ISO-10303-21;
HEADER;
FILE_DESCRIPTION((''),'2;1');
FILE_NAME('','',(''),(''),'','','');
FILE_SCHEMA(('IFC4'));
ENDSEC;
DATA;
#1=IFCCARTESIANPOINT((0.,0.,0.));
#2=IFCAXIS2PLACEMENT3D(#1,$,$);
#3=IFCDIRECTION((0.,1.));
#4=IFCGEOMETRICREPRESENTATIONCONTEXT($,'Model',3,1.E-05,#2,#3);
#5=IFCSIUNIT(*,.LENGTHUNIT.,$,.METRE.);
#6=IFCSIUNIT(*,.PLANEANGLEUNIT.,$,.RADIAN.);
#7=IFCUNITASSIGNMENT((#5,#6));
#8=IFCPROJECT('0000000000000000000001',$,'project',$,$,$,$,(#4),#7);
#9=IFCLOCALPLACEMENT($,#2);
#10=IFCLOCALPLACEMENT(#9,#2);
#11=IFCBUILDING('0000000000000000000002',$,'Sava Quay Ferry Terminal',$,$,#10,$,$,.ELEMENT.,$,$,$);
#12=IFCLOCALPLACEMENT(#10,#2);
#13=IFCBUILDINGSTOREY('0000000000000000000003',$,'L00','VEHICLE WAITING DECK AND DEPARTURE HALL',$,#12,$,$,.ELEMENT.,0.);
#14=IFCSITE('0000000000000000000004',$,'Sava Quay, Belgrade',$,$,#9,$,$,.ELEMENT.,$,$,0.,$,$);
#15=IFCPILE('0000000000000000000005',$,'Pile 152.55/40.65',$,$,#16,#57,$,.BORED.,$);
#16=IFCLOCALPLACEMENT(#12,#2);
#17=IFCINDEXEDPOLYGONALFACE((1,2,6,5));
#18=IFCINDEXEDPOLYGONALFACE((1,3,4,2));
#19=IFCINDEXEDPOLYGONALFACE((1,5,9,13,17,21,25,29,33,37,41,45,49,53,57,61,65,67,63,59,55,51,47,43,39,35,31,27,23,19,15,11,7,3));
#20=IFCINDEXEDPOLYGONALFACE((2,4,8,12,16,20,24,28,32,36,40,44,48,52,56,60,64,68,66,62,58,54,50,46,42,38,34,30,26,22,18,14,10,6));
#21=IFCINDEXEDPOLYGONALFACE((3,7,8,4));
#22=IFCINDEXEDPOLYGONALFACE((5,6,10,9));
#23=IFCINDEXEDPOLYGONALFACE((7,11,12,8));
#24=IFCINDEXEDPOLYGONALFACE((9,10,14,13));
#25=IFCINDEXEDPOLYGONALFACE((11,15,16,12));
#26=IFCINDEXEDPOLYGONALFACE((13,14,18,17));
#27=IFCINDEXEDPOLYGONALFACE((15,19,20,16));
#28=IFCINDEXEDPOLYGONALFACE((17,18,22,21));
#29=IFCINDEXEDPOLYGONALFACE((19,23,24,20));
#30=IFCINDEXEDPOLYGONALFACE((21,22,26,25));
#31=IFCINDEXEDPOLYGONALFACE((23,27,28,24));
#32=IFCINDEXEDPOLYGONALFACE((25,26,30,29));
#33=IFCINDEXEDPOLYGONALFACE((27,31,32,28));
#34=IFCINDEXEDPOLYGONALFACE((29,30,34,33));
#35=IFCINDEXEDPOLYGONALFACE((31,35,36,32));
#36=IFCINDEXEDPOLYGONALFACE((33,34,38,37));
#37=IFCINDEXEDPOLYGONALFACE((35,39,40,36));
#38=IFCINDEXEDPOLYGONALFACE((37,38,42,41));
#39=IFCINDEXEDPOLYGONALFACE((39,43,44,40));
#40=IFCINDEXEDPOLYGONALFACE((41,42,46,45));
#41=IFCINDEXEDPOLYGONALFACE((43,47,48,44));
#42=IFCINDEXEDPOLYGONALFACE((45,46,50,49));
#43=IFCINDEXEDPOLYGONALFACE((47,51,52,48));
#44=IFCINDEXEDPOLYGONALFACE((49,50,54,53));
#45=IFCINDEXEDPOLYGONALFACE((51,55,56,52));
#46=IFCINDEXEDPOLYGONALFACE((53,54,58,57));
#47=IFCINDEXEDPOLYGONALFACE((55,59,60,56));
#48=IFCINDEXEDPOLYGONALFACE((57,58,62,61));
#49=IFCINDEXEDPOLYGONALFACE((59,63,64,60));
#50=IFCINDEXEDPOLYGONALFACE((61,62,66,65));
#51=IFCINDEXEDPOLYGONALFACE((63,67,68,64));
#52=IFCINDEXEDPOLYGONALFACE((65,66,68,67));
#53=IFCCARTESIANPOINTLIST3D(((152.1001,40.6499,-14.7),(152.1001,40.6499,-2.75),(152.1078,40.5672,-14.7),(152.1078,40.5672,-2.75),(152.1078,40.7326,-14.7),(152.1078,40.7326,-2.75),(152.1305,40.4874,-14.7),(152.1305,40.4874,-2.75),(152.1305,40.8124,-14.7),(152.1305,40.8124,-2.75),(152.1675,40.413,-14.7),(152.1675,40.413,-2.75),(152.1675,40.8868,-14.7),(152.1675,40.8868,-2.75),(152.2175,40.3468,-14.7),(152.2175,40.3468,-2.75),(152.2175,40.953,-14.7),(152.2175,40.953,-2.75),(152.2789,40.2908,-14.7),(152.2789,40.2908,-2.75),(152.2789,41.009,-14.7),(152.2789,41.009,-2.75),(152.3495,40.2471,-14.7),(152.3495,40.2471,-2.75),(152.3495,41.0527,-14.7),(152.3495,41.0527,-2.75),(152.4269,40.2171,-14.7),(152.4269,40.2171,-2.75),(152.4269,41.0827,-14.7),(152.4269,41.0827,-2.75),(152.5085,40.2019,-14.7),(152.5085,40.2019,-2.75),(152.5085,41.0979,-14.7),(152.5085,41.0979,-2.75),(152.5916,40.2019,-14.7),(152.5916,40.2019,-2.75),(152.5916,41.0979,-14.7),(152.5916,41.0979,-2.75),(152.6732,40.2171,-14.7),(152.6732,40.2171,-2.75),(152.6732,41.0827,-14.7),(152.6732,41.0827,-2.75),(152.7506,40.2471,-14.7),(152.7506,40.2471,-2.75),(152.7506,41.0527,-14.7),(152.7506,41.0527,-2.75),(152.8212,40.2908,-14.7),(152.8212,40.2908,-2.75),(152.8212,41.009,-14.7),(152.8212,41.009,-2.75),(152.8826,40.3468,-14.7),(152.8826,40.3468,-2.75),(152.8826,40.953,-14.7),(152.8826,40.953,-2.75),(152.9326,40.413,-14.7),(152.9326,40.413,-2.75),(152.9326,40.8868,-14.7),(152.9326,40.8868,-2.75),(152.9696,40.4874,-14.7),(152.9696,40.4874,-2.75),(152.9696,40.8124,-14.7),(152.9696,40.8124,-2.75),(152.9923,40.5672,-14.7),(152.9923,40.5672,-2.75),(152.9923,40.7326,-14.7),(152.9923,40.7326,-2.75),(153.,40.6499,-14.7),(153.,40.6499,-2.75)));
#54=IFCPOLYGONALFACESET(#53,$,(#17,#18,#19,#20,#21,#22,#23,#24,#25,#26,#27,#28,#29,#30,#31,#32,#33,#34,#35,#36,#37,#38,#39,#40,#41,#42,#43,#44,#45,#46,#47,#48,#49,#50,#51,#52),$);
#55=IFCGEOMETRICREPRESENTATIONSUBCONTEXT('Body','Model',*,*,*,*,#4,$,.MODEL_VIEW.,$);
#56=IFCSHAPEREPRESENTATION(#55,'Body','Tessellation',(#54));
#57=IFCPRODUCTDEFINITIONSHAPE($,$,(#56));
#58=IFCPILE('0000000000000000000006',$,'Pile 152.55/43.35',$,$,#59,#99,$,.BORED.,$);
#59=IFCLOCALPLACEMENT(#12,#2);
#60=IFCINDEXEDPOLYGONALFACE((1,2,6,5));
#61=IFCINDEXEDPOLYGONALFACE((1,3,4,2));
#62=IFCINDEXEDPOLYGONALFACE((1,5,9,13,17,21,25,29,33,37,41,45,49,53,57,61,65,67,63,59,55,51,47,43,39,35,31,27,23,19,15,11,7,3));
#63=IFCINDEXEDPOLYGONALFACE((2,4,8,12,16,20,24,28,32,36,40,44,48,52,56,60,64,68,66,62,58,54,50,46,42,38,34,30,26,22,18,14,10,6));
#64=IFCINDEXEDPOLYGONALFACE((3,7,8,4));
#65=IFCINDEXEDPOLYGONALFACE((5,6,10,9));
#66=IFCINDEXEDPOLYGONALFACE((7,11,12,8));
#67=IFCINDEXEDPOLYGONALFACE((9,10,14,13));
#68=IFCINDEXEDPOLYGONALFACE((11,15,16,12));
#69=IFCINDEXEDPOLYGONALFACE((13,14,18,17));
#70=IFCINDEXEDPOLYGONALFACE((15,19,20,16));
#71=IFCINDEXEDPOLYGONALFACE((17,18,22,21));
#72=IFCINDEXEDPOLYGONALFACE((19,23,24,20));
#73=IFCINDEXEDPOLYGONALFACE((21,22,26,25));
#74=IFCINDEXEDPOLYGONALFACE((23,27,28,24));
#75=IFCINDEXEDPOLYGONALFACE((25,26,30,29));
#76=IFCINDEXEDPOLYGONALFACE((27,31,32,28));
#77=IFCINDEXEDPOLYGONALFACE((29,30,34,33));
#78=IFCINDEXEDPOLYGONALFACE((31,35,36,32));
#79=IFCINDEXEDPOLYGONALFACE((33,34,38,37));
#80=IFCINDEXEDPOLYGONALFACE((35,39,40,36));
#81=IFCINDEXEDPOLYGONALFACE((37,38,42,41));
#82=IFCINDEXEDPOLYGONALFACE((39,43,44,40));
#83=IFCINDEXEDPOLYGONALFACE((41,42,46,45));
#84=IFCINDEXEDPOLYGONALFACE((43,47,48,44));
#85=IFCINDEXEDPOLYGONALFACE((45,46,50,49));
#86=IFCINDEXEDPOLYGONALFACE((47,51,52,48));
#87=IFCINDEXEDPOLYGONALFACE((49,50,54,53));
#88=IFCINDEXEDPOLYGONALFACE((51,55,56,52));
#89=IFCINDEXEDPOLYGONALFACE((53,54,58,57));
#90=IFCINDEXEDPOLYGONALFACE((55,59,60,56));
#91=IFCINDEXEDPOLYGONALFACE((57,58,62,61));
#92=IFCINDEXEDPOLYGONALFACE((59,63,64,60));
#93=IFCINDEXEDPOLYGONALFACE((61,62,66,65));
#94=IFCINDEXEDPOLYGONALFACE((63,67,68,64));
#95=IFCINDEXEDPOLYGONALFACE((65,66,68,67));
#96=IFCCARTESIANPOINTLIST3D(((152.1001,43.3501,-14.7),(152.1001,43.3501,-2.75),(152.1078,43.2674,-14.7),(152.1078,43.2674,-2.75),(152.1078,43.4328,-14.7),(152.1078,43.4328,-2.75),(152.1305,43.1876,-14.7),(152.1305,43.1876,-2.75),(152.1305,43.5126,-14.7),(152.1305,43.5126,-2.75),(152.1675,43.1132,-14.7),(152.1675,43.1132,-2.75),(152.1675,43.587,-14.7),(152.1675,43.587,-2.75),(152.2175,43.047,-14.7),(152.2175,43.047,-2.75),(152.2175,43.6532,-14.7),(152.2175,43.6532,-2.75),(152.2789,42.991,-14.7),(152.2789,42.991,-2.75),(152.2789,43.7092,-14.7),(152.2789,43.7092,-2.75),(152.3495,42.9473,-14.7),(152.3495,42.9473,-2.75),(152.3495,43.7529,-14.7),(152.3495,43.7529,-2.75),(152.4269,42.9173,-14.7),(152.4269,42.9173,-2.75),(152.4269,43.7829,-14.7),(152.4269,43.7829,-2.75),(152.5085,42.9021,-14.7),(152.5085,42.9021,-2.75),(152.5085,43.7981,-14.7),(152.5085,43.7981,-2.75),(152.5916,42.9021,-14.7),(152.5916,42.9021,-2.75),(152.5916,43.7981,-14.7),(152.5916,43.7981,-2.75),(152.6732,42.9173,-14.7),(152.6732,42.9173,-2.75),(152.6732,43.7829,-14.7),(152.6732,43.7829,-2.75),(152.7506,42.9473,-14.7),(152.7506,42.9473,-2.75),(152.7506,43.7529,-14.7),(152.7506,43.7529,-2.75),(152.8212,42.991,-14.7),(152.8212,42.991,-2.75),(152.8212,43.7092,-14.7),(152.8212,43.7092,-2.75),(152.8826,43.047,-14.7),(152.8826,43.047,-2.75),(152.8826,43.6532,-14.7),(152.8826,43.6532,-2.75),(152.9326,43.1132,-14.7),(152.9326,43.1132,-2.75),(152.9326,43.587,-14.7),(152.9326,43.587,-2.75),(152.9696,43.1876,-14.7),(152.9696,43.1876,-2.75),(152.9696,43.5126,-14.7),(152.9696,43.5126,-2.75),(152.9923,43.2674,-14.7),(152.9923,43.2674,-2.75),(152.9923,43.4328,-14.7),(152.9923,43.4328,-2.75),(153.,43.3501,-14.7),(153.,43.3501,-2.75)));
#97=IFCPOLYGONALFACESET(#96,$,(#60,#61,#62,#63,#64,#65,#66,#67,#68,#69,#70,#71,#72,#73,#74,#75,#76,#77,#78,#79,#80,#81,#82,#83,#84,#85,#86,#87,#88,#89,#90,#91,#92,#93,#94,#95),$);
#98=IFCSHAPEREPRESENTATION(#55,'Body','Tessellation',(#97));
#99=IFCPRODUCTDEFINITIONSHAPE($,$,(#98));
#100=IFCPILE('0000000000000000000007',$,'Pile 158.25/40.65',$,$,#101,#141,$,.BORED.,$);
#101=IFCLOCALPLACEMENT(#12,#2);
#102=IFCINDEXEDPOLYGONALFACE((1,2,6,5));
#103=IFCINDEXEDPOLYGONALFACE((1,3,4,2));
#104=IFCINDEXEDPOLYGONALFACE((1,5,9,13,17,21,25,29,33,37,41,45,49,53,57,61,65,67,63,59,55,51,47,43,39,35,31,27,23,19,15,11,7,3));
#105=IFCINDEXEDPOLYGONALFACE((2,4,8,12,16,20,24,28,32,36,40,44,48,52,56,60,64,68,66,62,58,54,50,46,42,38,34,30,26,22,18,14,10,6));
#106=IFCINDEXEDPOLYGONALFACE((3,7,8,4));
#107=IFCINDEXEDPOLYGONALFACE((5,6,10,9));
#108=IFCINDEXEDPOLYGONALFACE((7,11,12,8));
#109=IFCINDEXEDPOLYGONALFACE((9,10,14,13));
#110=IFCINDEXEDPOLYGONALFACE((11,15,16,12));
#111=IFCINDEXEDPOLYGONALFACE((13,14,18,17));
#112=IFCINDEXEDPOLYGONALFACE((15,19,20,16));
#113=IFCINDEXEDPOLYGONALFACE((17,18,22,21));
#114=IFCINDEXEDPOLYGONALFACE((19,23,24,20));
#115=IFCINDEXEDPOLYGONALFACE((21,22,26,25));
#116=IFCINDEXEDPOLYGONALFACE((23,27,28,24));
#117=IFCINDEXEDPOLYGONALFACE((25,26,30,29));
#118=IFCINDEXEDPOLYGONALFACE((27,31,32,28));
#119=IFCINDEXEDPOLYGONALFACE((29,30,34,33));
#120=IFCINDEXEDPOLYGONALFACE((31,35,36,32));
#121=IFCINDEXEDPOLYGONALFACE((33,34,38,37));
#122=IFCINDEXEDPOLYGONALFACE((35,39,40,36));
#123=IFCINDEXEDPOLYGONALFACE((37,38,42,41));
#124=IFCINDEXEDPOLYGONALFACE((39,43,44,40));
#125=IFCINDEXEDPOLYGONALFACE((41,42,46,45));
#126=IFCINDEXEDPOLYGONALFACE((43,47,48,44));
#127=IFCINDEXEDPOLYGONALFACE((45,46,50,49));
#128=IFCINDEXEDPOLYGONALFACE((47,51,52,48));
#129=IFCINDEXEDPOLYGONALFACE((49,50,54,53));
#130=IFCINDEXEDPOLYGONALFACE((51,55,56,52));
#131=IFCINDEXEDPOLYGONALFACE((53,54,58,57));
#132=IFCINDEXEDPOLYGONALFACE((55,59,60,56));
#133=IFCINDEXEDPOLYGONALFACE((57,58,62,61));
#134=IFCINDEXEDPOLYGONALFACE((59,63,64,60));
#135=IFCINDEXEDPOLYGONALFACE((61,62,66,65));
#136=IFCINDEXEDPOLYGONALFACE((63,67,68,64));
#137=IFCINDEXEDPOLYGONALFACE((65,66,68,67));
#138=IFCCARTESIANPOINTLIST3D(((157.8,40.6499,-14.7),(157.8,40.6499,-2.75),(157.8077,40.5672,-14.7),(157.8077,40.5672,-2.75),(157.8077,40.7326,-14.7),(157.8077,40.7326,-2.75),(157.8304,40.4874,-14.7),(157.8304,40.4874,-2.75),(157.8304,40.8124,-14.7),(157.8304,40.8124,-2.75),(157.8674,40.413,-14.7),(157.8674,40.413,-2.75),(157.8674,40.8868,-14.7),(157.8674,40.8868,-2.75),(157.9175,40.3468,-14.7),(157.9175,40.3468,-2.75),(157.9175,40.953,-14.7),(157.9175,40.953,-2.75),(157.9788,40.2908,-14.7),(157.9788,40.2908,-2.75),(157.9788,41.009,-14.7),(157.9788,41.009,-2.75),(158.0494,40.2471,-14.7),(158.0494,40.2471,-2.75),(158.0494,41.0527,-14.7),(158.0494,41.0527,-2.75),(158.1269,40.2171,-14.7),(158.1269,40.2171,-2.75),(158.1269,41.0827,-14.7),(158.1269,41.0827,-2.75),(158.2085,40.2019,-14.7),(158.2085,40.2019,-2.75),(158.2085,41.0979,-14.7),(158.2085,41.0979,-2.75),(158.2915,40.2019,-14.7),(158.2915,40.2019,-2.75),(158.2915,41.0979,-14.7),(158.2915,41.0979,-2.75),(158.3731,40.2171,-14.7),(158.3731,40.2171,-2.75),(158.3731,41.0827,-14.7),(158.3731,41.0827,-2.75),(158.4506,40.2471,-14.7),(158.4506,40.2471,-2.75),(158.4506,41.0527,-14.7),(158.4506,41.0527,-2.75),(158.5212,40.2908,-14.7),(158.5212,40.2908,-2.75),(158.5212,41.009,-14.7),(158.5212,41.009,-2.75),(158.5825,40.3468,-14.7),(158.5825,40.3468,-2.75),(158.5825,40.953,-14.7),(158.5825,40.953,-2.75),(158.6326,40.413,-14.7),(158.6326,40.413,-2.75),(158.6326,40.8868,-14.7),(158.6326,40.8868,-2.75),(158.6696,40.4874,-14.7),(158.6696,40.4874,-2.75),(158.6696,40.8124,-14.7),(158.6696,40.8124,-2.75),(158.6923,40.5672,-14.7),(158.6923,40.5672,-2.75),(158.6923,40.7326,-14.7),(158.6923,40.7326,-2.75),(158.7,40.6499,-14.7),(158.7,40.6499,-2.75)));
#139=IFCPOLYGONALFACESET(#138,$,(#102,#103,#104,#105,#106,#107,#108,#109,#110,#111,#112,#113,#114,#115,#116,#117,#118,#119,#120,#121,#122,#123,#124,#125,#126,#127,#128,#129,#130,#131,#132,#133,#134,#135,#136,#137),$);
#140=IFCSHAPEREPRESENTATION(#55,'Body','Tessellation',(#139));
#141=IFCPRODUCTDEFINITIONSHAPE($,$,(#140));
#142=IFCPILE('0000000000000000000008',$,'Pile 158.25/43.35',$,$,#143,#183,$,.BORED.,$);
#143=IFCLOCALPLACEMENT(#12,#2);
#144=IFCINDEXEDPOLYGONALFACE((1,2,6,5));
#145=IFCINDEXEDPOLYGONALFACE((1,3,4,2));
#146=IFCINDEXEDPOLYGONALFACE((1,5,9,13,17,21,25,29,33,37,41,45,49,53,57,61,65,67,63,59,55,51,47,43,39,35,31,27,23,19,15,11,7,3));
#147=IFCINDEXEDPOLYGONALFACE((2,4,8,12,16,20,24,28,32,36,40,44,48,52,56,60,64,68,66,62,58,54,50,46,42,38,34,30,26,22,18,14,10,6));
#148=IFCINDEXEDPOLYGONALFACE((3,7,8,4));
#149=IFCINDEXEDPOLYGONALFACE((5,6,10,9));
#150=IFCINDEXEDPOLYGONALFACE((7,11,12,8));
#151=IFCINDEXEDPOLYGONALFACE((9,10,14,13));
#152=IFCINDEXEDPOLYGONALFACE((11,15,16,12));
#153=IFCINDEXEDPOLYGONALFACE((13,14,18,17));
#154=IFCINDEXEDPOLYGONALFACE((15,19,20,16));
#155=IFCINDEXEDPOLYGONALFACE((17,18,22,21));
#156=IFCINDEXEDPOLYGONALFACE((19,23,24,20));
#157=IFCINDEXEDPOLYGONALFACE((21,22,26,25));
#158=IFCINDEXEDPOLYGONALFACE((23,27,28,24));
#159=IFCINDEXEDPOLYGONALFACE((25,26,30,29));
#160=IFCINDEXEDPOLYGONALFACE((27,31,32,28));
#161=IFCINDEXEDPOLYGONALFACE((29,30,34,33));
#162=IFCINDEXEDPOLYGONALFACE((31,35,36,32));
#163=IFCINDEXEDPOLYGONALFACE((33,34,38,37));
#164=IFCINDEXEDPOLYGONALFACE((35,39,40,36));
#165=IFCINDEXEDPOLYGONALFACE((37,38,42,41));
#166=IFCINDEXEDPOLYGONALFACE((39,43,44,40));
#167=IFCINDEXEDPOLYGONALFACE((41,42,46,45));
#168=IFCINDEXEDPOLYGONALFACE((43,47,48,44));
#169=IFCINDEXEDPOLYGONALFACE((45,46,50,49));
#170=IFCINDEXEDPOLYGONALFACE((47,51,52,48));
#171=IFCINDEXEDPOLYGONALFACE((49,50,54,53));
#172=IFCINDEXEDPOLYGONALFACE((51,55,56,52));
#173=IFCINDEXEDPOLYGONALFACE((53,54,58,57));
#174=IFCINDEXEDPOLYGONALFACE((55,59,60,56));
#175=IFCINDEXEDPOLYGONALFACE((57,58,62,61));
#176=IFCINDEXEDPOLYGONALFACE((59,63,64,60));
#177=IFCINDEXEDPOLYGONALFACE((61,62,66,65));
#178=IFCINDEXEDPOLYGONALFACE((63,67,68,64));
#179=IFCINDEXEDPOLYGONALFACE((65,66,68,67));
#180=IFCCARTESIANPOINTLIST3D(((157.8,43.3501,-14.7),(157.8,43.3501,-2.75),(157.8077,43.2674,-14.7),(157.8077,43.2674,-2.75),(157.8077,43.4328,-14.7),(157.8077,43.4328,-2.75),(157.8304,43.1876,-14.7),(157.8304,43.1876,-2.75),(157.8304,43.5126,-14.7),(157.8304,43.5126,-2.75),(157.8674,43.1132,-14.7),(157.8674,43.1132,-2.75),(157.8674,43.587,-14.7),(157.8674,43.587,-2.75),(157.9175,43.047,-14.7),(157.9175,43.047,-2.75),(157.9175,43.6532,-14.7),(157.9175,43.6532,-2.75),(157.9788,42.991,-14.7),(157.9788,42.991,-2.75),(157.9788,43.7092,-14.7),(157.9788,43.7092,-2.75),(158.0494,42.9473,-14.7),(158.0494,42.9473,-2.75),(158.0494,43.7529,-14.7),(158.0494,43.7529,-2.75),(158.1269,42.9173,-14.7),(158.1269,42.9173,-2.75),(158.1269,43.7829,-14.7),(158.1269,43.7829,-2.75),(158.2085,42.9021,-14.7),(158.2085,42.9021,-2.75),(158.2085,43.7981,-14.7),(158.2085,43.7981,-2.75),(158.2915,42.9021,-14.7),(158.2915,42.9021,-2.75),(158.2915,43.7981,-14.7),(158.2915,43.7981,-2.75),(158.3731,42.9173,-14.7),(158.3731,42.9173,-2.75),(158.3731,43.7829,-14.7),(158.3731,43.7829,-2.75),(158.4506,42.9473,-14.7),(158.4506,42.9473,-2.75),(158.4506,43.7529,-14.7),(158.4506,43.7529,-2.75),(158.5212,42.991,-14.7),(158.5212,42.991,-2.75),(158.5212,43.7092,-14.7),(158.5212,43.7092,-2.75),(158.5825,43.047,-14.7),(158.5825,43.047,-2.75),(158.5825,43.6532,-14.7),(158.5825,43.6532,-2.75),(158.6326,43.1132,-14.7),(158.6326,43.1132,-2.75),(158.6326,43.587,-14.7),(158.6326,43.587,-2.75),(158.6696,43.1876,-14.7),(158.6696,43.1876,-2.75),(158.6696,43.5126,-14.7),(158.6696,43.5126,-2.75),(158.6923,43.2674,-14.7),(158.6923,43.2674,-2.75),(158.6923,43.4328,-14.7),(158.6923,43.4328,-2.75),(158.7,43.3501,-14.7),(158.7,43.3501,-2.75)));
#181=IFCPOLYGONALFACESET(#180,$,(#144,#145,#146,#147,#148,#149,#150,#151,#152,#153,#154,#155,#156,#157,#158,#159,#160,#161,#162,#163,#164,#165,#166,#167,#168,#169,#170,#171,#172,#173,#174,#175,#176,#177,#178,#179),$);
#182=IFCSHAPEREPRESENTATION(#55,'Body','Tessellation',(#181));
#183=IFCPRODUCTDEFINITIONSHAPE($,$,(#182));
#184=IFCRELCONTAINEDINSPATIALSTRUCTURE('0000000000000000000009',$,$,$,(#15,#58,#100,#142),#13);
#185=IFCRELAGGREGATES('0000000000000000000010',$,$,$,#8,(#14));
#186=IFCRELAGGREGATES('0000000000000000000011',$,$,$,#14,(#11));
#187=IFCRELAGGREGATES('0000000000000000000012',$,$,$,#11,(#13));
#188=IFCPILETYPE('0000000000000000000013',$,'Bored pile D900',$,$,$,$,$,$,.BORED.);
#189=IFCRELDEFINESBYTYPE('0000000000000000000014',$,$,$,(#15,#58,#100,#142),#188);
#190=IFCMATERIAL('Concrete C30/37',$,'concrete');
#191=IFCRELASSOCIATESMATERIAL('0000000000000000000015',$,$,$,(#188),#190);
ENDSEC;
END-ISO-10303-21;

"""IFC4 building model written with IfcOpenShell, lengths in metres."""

from ifc_helpers import new_model, si_unit, direction, frame, origin, origin_2d, place, context, subcontext, project, spatial, circle, extrude, material, material_profile, profile_set, type_object, element, save


model = new_model("IFC4")

# Units and contexts
model_context = context("Model", 3, precision=1e-05, world=origin(), true_north=direction((0.0, 1.0)))
body_context = subcontext(model_context, "Body", "Model", "MODEL_VIEW")
ifc_project = project(units=[si_unit("LENGTHUNIT", "METRE"), si_unit("PLANEANGLEUNIT", "RADIAN")], contexts=[model_context])

# Site, building, storey
site_placement = place(None, origin())
site = spatial("IfcSite", under=ifc_project, at=site_placement, Name="Sava Quay, Belgrade", CompositionType="ELEMENT", RefElevation=0.0)
building_placement = place(site_placement, origin())
building = spatial("IfcBuilding", under=site, at=building_placement, Name="Sava Quay Ferry Terminal", CompositionType="ELEMENT")
storey_placement = place(building_placement, origin())
storey = spatial("IfcBuildingStorey", under=building, at=storey_placement, Name="L00", Description="VEHICLE WAITING DECK AND DEPARTURE HALL", CompositionType="ELEMENT", Elevation=0.0)

# Piles
ifc_material_1 = material(Name="Concrete C30/37", Category="concrete")
ifc_material_profile_1 = material_profile(ifc_material_1, circle(Radius=0.45, at=origin_2d()), Name="Bored pile D900")
ifc_profile_set_1 = profile_set([ifc_material_profile_1], Name="Concrete C30/37")
pile_type = type_object("IfcPileType", Name="Bored pile D900", PredefinedType="BORED", material=ifc_profile_set_1)
for number, where, z_axis, x_axis, name in (
    (1, (152.55, 40.6499, -2.75), (0.0, 0.0, -1.0), (1.0, 0.0, 0.0), "Pile 152.55/40.65"),
    (2, (152.55, 43.3501, -2.75), (0.0, 0.0, -1.0), (1.0, 0.0, 0.0), "Pile 152.55/43.35"),
    (3, (158.25, 40.6499, -2.75), (0.0, 0.0, -1.0), (1.0, 0.0, 0.0), "Pile 158.25/40.65"),
    (4, (158.25, 43.3501, -2.75), (0.0, 0.0, -1.0), (1.0, 0.0, 0.0), "Pile 158.25/43.35"),
):
    element("IfcPile", number, at=place(storey_placement, frame(where, z_axis=z_axis, x_axis=x_axis)), inside=storey, type_object=pile_type, Name=name, PredefinedType="BORED", context=body_context, shape_type="SweptSolid", body=[
        extrude(circle(Radius=0.45, at=origin_2d()), origin(), (0.0, 0.0, 1.0), 11.95),
    ])

save(model, "model.ifc")
